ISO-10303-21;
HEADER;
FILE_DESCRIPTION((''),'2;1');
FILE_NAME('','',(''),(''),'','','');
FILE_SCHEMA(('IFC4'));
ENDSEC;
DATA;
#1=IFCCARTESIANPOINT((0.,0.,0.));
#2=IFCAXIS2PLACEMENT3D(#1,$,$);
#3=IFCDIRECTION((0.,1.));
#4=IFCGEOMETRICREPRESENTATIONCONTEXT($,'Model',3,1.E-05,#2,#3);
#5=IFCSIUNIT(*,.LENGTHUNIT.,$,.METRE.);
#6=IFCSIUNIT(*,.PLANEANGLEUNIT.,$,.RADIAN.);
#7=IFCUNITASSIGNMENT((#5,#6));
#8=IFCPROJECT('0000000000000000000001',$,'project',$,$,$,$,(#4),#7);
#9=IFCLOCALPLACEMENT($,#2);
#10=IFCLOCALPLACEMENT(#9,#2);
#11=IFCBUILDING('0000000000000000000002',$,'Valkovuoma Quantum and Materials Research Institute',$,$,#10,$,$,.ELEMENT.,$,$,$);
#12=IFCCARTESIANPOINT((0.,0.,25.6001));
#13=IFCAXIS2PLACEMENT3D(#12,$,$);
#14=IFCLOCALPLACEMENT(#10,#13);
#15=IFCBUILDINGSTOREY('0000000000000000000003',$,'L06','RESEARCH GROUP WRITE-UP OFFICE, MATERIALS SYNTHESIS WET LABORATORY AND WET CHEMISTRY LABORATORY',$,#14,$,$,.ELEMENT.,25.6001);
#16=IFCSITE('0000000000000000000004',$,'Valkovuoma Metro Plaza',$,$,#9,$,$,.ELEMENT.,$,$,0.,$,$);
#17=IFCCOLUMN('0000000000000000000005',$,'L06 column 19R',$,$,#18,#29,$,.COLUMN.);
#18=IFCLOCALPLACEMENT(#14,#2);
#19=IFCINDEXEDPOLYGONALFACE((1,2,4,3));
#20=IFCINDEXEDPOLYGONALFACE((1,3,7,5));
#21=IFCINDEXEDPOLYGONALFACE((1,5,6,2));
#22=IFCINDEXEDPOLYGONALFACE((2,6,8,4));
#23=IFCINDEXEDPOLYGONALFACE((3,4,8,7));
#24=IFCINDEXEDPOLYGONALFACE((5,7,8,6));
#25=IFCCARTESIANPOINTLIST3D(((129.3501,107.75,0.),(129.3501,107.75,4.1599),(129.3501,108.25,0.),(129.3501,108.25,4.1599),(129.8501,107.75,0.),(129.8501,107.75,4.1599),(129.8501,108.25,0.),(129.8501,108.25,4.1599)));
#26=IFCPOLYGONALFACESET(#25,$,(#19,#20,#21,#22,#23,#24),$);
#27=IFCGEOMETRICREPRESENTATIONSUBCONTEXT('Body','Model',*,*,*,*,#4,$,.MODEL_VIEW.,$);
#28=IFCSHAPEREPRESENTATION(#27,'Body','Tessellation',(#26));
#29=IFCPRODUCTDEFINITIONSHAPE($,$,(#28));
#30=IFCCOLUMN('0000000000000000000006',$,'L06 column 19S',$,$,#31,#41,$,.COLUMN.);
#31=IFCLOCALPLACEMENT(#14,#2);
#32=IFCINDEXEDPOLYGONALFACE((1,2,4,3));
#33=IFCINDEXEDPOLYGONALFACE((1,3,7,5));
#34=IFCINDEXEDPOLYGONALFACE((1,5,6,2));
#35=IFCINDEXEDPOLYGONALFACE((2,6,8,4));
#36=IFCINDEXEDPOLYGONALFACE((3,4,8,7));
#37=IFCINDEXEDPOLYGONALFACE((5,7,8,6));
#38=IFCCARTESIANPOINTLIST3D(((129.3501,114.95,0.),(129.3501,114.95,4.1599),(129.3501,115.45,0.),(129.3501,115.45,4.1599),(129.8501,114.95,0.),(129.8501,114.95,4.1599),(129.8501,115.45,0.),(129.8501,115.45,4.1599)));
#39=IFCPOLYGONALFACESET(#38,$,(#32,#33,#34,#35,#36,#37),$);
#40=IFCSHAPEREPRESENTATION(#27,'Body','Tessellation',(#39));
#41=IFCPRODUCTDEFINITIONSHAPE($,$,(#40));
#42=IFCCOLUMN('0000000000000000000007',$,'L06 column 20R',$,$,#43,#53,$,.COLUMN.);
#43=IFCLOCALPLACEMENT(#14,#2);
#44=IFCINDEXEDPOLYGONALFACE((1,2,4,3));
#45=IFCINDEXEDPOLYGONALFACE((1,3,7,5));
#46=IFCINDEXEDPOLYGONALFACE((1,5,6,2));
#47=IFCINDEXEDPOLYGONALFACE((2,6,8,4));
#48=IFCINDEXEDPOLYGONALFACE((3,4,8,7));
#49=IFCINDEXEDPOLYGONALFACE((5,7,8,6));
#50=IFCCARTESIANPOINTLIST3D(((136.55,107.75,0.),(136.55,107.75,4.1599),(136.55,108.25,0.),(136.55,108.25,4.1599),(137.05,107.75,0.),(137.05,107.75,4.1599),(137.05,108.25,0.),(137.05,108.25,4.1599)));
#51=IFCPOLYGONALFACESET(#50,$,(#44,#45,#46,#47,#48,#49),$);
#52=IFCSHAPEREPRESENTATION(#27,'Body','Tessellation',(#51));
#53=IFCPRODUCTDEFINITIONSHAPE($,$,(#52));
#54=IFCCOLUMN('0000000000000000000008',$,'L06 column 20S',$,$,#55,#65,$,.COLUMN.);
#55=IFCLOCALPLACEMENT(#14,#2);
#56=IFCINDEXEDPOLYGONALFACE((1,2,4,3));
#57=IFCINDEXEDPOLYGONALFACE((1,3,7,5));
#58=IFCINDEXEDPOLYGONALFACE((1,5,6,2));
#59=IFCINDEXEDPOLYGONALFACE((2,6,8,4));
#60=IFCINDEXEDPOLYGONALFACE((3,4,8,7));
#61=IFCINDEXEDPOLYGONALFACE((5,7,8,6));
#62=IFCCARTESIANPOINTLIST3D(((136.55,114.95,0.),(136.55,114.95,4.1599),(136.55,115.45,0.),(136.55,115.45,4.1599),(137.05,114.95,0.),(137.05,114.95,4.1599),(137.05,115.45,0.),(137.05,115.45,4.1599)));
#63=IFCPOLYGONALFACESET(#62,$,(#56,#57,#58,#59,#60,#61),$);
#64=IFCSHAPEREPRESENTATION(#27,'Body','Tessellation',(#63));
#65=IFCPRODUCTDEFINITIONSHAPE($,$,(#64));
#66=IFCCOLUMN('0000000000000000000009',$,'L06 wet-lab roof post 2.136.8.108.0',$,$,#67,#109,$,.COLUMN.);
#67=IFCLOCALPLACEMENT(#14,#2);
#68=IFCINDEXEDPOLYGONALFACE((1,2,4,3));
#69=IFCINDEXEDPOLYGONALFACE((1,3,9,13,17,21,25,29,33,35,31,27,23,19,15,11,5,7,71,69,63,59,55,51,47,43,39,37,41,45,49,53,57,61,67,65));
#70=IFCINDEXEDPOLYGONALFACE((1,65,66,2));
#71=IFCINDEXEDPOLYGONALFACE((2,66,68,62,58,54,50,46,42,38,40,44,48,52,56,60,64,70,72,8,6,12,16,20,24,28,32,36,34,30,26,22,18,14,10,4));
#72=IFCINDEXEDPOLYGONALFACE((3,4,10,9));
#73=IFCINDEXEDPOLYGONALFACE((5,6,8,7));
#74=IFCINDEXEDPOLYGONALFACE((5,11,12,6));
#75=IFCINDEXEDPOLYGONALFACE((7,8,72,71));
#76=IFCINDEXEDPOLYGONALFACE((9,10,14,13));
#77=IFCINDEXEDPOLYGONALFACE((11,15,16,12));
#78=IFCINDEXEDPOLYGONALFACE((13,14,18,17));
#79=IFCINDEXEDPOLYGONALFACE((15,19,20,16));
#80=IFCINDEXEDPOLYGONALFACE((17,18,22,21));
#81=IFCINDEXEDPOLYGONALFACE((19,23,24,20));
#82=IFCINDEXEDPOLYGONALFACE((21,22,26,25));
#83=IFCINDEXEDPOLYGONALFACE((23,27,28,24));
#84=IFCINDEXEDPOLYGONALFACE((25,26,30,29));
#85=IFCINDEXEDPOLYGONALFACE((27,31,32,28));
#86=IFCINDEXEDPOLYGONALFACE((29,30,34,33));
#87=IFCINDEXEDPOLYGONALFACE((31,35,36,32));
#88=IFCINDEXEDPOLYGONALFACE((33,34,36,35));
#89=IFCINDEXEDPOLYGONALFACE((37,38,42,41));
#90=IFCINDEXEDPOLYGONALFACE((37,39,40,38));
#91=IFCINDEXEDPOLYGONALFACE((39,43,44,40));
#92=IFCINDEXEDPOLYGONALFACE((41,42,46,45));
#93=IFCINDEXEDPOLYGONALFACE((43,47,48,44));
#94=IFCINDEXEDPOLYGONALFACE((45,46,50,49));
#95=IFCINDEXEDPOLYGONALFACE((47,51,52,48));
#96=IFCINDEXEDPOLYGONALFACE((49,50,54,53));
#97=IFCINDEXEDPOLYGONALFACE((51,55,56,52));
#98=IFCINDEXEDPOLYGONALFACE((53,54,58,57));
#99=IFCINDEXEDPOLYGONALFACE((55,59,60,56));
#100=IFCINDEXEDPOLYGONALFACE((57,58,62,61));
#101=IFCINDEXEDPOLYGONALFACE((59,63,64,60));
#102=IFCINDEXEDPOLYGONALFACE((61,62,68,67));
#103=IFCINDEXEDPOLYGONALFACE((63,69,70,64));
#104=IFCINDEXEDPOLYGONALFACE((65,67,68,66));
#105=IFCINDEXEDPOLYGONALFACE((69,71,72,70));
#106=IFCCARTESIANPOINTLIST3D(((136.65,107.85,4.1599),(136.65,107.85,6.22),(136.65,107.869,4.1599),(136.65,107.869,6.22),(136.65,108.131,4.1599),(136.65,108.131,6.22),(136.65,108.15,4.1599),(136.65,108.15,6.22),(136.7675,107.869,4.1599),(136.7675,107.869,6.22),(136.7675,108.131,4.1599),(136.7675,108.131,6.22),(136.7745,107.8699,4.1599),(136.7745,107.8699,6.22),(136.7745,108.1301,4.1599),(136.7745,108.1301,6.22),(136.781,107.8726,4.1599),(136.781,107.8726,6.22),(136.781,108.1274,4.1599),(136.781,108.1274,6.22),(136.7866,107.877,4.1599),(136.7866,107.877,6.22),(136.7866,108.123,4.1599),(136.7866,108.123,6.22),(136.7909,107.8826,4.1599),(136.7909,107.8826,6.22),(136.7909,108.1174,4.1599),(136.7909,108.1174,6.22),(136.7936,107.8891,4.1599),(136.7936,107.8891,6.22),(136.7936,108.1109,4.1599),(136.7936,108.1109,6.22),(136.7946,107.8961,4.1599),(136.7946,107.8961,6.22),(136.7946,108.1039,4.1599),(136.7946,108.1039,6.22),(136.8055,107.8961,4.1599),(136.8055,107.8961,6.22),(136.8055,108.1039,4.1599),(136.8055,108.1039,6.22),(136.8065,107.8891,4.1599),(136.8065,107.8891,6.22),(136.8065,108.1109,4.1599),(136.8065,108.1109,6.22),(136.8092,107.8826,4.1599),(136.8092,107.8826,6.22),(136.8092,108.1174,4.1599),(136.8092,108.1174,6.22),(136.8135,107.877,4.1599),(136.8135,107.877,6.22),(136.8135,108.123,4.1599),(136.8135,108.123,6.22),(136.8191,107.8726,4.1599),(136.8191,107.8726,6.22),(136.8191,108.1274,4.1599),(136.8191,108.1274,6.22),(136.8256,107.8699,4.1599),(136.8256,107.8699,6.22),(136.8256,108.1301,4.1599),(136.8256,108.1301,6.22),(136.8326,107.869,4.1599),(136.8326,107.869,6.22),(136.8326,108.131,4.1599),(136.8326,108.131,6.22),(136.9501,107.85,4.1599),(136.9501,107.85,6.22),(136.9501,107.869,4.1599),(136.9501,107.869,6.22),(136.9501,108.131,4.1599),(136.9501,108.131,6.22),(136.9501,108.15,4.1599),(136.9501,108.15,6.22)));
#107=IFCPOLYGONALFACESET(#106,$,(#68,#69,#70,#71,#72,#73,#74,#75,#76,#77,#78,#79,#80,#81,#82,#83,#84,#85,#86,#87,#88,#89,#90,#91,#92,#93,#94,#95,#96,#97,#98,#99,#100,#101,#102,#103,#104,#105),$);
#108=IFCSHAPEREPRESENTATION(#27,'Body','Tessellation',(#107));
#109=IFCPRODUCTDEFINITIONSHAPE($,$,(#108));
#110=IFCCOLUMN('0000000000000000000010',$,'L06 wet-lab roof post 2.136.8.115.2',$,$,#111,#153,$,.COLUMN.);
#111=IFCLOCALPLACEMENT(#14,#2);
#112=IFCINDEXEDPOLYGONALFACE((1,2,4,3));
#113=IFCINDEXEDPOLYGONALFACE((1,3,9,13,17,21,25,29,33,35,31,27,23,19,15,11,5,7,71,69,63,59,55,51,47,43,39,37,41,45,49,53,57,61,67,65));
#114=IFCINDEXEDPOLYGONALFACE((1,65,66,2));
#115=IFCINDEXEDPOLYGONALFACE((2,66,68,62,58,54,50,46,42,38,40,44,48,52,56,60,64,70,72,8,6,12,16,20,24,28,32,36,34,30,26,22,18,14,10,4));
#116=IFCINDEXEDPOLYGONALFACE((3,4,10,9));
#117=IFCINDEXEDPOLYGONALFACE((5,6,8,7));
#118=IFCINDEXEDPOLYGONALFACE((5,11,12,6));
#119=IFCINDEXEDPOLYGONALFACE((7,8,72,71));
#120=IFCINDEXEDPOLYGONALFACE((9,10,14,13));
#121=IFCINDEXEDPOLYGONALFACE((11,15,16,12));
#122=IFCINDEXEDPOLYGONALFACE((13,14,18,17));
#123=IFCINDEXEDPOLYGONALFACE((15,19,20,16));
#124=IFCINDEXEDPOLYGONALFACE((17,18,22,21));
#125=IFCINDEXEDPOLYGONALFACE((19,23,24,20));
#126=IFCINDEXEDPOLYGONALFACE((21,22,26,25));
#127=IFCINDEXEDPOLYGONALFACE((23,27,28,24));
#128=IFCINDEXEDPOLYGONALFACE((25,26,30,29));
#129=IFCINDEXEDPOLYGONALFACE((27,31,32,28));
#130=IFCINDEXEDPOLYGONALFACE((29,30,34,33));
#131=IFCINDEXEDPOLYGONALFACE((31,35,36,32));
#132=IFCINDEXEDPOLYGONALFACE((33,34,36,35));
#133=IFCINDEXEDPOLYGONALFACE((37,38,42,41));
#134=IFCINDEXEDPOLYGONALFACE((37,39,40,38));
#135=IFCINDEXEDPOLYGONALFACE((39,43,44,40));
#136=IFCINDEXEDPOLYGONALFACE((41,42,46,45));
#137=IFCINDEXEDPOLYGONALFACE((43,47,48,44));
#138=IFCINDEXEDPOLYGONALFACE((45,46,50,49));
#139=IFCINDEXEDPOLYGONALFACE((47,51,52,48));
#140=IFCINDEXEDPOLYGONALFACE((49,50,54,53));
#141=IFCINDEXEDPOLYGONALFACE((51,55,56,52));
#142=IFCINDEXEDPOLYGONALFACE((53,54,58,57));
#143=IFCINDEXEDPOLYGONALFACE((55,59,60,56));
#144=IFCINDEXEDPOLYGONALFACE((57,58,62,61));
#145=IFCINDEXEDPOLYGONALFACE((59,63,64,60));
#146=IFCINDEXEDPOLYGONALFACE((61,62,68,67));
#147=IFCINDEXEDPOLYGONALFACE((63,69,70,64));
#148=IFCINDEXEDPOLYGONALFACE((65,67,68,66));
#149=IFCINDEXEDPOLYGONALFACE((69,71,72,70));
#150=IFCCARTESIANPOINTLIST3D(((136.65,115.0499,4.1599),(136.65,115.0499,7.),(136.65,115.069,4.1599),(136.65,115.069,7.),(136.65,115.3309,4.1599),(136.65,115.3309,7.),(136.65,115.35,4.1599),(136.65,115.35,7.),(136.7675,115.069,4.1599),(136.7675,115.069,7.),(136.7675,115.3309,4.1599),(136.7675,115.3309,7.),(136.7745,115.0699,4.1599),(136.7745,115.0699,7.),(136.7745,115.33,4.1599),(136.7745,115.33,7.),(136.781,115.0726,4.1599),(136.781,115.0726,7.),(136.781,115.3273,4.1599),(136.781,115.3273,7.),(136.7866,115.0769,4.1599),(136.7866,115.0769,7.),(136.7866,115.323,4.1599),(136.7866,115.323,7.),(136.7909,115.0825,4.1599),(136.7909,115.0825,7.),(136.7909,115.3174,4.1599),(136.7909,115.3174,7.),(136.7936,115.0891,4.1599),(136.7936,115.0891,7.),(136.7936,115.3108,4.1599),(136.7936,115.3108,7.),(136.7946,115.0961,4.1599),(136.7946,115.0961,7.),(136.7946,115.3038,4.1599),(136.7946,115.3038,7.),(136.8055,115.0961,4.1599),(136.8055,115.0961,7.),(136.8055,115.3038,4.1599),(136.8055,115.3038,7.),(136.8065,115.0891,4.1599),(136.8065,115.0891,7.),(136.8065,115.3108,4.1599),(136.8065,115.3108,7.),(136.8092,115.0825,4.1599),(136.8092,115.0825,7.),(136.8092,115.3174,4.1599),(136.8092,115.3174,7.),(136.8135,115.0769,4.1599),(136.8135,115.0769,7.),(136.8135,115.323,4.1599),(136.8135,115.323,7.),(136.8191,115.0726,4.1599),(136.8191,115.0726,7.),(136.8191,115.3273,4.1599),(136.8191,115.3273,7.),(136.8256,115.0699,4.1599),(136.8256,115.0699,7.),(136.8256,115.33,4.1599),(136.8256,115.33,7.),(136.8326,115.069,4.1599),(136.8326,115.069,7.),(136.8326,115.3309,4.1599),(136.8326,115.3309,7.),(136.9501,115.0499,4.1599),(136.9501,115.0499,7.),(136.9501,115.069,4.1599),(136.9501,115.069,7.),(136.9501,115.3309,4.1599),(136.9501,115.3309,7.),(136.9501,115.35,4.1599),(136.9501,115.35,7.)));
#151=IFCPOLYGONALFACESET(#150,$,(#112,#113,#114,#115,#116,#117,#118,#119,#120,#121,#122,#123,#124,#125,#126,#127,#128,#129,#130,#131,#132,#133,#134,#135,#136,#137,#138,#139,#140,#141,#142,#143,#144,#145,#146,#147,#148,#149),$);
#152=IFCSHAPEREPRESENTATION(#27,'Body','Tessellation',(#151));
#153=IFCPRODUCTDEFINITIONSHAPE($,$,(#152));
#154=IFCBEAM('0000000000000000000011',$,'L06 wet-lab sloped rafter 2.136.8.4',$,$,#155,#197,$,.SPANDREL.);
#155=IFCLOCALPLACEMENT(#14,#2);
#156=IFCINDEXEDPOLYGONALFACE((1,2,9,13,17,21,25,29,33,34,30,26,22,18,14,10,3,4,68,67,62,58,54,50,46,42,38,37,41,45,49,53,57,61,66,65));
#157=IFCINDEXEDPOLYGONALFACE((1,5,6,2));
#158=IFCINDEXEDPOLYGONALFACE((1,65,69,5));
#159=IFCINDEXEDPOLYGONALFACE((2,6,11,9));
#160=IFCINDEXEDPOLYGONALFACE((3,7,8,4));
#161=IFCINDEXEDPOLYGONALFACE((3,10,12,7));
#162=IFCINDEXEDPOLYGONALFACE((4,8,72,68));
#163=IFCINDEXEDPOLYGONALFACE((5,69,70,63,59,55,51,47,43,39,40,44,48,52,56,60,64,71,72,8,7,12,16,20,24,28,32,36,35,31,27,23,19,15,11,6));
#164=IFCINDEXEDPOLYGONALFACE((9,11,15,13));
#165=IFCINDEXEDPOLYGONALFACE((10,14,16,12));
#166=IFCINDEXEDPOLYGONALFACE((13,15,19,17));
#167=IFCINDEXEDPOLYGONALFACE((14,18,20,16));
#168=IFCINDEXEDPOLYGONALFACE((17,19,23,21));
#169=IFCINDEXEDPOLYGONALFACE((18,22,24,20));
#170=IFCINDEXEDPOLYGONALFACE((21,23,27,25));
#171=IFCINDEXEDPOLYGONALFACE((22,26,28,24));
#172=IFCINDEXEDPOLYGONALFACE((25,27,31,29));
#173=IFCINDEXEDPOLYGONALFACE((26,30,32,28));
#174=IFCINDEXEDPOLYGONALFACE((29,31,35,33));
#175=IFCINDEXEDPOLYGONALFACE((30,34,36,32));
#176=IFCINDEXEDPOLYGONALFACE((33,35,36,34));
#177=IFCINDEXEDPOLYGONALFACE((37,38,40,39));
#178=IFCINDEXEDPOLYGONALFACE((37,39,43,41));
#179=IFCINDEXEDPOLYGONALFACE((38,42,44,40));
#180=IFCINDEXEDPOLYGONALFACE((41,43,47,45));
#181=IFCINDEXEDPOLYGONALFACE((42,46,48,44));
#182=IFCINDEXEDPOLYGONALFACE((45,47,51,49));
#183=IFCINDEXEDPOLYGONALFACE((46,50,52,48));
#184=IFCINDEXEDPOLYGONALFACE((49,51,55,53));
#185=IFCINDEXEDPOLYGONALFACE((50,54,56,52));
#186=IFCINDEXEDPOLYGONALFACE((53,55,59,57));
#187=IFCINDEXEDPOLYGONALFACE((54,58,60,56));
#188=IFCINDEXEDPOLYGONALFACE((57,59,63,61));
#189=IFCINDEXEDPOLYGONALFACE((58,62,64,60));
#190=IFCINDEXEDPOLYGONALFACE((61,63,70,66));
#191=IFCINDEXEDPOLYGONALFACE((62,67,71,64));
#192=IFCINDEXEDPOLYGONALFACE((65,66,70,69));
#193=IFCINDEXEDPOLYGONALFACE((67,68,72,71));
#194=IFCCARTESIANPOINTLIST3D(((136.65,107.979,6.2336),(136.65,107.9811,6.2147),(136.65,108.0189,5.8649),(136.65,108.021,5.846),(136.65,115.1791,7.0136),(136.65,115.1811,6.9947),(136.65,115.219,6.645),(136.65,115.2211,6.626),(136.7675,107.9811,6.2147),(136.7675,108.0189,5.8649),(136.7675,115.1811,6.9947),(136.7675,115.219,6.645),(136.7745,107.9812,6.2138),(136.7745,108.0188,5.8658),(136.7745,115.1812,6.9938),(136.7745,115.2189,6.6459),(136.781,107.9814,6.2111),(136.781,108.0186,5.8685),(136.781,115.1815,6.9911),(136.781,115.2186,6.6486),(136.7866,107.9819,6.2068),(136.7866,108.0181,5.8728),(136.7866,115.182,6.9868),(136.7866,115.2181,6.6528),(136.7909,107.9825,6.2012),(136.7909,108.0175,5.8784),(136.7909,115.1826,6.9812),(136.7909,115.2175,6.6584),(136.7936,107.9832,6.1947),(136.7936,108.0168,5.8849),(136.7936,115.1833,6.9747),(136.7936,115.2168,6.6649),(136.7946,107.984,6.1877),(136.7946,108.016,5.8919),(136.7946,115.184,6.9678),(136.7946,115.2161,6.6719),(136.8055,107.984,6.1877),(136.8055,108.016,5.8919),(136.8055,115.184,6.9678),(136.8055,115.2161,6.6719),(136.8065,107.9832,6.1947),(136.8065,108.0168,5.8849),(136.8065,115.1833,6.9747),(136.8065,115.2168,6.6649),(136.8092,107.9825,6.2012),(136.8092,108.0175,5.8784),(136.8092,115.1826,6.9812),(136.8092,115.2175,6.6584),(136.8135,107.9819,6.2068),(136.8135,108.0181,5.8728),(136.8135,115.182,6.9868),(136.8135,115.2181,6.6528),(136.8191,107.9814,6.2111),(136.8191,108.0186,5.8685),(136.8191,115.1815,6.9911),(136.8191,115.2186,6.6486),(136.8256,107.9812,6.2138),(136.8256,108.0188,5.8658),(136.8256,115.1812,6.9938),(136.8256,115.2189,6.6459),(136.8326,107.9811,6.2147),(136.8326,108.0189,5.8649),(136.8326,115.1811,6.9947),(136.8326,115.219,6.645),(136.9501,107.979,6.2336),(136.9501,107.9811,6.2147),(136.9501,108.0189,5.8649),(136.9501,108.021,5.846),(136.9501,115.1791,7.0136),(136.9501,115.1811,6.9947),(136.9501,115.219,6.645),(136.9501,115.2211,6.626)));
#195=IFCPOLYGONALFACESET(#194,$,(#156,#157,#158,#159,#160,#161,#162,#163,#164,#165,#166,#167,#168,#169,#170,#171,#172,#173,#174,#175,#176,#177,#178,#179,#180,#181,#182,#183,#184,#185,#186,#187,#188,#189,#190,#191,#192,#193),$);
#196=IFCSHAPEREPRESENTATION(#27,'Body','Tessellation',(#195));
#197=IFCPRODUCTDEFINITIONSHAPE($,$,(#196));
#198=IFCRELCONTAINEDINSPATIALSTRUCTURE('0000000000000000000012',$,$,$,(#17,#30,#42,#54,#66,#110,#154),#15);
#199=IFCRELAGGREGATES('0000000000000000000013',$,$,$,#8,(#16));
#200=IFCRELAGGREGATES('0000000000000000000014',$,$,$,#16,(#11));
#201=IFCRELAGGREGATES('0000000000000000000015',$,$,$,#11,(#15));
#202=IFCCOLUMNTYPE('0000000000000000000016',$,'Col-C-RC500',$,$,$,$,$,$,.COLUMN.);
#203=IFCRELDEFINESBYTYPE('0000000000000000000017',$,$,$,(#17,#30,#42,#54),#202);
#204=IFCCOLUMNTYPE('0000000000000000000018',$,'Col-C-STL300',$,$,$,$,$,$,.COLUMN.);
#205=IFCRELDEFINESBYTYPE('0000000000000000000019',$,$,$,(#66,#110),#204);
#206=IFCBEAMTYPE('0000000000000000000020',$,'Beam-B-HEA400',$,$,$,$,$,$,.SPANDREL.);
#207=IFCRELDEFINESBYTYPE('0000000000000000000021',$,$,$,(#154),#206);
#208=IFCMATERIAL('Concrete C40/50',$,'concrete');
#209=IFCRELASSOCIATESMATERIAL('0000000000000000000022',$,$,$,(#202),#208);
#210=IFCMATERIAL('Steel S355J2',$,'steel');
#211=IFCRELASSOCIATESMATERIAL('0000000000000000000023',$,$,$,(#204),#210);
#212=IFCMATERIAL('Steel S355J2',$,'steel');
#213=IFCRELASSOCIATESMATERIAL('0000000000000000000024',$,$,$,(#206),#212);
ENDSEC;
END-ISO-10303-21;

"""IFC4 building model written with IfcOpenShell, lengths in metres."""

from ifc_helpers import new_model, si_unit, direction, frame, origin, origin_2d, place, context, subcontext, project, spatial, rectangle, i_section, extrude, material, material_profile, profile_set, type_object, element, save


model = new_model("IFC4")

# Units and contexts
model_context = context("Model", 3, precision=1e-05, world=origin(), true_north=direction((0.0, 1.0)))
body_context = subcontext(model_context, "Body", "Model", "MODEL_VIEW")
ifc_project = project(units=[si_unit("LENGTHUNIT", "METRE"), si_unit("PLANEANGLEUNIT", "RADIAN")], contexts=[model_context])

# Site, building, storey
site_placement = place(None, origin())
site = spatial("IfcSite", under=ifc_project, at=site_placement, Name="Valkovuoma Metro Plaza", CompositionType="ELEMENT", RefElevation=0.0)
building_placement = place(site_placement, origin())
building = spatial("IfcBuilding", under=site, at=building_placement, Name="Valkovuoma Quantum and Materials Research Institute", CompositionType="ELEMENT")
storey_placement = place(building_placement, frame((0.0, 0.0, 25.6001)))
storey = spatial("IfcBuildingStorey", under=building, at=storey_placement, Name="L06", Description="RESEARCH GROUP WRITE-UP OFFICE, MATERIALS SYNTHESIS WET LABORATORY AND WET CHEMISTRY LABORATORY", CompositionType="ELEMENT", Elevation=25.6001)

# Columns
ifc_material_1 = material(Name="Concrete C40/50", Category="concrete")
ifc_material_profile_1 = material_profile(ifc_material_1, rectangle(XDim=0.5, YDim=0.5, at=origin_2d()), Name="Concrete C40/50")
ifc_profile_set_1 = profile_set([ifc_material_profile_1], Name="Concrete C40/50")
column_type_1 = type_object("IfcColumnType", Name="Col-C-RC500", PredefinedType="COLUMN", material=ifc_profile_set_1)
for number, where, z_axis, x_axis, name in (
    (1, (129.6001, 108.0, 0.0), (0.0, 0.0, 1.0), (1.0, 0.0, 0.0), "L06 column 19R"),
    (2, (129.6001, 115.2, 0.0), (0.0, 0.0, 1.0), (1.0, 0.0, 0.0), "L06 column 19S"),
    (3, (136.8, 108.0, 0.0), (0.0, 0.0, 1.0), (1.0, 0.0, 0.0), "L06 column 20R"),
    (4, (136.8, 115.2, 0.0), (0.0, 0.0, 1.0), (1.0, 0.0, 0.0), "L06 column 20S"),
):
    element("IfcColumn", number, at=place(storey_placement, frame(where, z_axis=z_axis, x_axis=x_axis)), inside=storey, type_object=column_type_1, Name=name, PredefinedType="COLUMN", context=body_context, shape_type="SweptSolid", body=[
        extrude(rectangle(XDim=0.5, YDim=0.5, at=origin_2d()), origin(), (0.0, 0.0, 1.0), 4.1599),
    ])
ifc_material_2 = material(Name="Steel S355J2", Category="steel")
ifc_material_profile_2 = material_profile(ifc_material_2, i_section(OverallWidth=0.3, OverallDepth=0.3, WebThickness=0.011, FlangeThickness=0.019, FilletRadius=0.0271, at=origin_2d()), Name="Steel S355J2")
ifc_profile_set_2 = profile_set([ifc_material_profile_2], Name="Steel S355J2")
column_type_2 = type_object("IfcColumnType", Name="Col-C-STL300", PredefinedType="COLUMN", material=ifc_profile_set_2)
column_1_placement = place(storey_placement, frame((136.8, 108.0, 4.1599), z_axis=(0.0, 0.0, 1.0), x_axis=(1.0, 0.0, 0.0)))
element("IfcColumn", 5, at=column_1_placement, inside=storey, type_object=column_type_2, Name="L06 wet-lab roof post 2.136.8.108.0", PredefinedType="COLUMN", context=body_context, shape_type="SweptSolid", body=[
    extrude(i_section(OverallWidth=0.3, OverallDepth=0.3, WebThickness=0.011, FlangeThickness=0.019, FilletRadius=0.0271, at=origin_2d()), origin(), (0.0, 0.0, 1.0), 2.0601),
])
column_2_placement = place(storey_placement, frame((136.8, 115.2, 4.1599), z_axis=(0.0, 0.0, 1.0), x_axis=(1.0, 0.0, 0.0)))
element("IfcColumn", 6, at=column_2_placement, inside=storey, type_object=column_type_2, Name="L06 wet-lab roof post 2.136.8.115.2", PredefinedType="COLUMN", context=body_context, shape_type="SweptSolid", body=[
    extrude(i_section(OverallWidth=0.3, OverallDepth=0.3, WebThickness=0.011, FlangeThickness=0.019, FilletRadius=0.0271, at=origin_2d()), origin(), (0.0, 0.0, 1.0), 2.8401),
])

# Beam
ifc_material_3 = material(Name="Steel S355J2", Category="steel")
ifc_material_profile_3 = material_profile(ifc_material_3, i_section(OverallWidth=0.3, OverallDepth=0.3899, WebThickness=0.011, FlangeThickness=0.019, FilletRadius=0.0271, at=origin_2d()), Name="Steel S355J2")
ifc_profile_set_3 = profile_set([ifc_material_profile_3], Name="Steel S355J2")
beam_type_1 = type_object("IfcBeamType", Name="Beam-B-HEA400", PredefinedType="SPANDREL", material=ifc_profile_set_3)
beam_1_placement = place(storey_placement, frame((136.8, 108.0, 6.0398), z_axis=(0.0, 0.994183, 0.107708), x_axis=(-1.0, 0.0, 0.0)))
element("IfcBeam", 7, at=beam_1_placement, inside=storey, type_object=beam_type_1, Name="L06 wet-lab sloped rafter 2.136.8.4", PredefinedType="SPANDREL", context=body_context, shape_type="SweptSolid", body=[
    extrude(i_section(OverallWidth=0.3, OverallDepth=0.3899, WebThickness=0.011, FlangeThickness=0.019, FilletRadius=0.0271, at=origin_2d()), origin(), (0.0, 0.0, 1.0), 7.2422),
])

save(model, "model.ifc")
